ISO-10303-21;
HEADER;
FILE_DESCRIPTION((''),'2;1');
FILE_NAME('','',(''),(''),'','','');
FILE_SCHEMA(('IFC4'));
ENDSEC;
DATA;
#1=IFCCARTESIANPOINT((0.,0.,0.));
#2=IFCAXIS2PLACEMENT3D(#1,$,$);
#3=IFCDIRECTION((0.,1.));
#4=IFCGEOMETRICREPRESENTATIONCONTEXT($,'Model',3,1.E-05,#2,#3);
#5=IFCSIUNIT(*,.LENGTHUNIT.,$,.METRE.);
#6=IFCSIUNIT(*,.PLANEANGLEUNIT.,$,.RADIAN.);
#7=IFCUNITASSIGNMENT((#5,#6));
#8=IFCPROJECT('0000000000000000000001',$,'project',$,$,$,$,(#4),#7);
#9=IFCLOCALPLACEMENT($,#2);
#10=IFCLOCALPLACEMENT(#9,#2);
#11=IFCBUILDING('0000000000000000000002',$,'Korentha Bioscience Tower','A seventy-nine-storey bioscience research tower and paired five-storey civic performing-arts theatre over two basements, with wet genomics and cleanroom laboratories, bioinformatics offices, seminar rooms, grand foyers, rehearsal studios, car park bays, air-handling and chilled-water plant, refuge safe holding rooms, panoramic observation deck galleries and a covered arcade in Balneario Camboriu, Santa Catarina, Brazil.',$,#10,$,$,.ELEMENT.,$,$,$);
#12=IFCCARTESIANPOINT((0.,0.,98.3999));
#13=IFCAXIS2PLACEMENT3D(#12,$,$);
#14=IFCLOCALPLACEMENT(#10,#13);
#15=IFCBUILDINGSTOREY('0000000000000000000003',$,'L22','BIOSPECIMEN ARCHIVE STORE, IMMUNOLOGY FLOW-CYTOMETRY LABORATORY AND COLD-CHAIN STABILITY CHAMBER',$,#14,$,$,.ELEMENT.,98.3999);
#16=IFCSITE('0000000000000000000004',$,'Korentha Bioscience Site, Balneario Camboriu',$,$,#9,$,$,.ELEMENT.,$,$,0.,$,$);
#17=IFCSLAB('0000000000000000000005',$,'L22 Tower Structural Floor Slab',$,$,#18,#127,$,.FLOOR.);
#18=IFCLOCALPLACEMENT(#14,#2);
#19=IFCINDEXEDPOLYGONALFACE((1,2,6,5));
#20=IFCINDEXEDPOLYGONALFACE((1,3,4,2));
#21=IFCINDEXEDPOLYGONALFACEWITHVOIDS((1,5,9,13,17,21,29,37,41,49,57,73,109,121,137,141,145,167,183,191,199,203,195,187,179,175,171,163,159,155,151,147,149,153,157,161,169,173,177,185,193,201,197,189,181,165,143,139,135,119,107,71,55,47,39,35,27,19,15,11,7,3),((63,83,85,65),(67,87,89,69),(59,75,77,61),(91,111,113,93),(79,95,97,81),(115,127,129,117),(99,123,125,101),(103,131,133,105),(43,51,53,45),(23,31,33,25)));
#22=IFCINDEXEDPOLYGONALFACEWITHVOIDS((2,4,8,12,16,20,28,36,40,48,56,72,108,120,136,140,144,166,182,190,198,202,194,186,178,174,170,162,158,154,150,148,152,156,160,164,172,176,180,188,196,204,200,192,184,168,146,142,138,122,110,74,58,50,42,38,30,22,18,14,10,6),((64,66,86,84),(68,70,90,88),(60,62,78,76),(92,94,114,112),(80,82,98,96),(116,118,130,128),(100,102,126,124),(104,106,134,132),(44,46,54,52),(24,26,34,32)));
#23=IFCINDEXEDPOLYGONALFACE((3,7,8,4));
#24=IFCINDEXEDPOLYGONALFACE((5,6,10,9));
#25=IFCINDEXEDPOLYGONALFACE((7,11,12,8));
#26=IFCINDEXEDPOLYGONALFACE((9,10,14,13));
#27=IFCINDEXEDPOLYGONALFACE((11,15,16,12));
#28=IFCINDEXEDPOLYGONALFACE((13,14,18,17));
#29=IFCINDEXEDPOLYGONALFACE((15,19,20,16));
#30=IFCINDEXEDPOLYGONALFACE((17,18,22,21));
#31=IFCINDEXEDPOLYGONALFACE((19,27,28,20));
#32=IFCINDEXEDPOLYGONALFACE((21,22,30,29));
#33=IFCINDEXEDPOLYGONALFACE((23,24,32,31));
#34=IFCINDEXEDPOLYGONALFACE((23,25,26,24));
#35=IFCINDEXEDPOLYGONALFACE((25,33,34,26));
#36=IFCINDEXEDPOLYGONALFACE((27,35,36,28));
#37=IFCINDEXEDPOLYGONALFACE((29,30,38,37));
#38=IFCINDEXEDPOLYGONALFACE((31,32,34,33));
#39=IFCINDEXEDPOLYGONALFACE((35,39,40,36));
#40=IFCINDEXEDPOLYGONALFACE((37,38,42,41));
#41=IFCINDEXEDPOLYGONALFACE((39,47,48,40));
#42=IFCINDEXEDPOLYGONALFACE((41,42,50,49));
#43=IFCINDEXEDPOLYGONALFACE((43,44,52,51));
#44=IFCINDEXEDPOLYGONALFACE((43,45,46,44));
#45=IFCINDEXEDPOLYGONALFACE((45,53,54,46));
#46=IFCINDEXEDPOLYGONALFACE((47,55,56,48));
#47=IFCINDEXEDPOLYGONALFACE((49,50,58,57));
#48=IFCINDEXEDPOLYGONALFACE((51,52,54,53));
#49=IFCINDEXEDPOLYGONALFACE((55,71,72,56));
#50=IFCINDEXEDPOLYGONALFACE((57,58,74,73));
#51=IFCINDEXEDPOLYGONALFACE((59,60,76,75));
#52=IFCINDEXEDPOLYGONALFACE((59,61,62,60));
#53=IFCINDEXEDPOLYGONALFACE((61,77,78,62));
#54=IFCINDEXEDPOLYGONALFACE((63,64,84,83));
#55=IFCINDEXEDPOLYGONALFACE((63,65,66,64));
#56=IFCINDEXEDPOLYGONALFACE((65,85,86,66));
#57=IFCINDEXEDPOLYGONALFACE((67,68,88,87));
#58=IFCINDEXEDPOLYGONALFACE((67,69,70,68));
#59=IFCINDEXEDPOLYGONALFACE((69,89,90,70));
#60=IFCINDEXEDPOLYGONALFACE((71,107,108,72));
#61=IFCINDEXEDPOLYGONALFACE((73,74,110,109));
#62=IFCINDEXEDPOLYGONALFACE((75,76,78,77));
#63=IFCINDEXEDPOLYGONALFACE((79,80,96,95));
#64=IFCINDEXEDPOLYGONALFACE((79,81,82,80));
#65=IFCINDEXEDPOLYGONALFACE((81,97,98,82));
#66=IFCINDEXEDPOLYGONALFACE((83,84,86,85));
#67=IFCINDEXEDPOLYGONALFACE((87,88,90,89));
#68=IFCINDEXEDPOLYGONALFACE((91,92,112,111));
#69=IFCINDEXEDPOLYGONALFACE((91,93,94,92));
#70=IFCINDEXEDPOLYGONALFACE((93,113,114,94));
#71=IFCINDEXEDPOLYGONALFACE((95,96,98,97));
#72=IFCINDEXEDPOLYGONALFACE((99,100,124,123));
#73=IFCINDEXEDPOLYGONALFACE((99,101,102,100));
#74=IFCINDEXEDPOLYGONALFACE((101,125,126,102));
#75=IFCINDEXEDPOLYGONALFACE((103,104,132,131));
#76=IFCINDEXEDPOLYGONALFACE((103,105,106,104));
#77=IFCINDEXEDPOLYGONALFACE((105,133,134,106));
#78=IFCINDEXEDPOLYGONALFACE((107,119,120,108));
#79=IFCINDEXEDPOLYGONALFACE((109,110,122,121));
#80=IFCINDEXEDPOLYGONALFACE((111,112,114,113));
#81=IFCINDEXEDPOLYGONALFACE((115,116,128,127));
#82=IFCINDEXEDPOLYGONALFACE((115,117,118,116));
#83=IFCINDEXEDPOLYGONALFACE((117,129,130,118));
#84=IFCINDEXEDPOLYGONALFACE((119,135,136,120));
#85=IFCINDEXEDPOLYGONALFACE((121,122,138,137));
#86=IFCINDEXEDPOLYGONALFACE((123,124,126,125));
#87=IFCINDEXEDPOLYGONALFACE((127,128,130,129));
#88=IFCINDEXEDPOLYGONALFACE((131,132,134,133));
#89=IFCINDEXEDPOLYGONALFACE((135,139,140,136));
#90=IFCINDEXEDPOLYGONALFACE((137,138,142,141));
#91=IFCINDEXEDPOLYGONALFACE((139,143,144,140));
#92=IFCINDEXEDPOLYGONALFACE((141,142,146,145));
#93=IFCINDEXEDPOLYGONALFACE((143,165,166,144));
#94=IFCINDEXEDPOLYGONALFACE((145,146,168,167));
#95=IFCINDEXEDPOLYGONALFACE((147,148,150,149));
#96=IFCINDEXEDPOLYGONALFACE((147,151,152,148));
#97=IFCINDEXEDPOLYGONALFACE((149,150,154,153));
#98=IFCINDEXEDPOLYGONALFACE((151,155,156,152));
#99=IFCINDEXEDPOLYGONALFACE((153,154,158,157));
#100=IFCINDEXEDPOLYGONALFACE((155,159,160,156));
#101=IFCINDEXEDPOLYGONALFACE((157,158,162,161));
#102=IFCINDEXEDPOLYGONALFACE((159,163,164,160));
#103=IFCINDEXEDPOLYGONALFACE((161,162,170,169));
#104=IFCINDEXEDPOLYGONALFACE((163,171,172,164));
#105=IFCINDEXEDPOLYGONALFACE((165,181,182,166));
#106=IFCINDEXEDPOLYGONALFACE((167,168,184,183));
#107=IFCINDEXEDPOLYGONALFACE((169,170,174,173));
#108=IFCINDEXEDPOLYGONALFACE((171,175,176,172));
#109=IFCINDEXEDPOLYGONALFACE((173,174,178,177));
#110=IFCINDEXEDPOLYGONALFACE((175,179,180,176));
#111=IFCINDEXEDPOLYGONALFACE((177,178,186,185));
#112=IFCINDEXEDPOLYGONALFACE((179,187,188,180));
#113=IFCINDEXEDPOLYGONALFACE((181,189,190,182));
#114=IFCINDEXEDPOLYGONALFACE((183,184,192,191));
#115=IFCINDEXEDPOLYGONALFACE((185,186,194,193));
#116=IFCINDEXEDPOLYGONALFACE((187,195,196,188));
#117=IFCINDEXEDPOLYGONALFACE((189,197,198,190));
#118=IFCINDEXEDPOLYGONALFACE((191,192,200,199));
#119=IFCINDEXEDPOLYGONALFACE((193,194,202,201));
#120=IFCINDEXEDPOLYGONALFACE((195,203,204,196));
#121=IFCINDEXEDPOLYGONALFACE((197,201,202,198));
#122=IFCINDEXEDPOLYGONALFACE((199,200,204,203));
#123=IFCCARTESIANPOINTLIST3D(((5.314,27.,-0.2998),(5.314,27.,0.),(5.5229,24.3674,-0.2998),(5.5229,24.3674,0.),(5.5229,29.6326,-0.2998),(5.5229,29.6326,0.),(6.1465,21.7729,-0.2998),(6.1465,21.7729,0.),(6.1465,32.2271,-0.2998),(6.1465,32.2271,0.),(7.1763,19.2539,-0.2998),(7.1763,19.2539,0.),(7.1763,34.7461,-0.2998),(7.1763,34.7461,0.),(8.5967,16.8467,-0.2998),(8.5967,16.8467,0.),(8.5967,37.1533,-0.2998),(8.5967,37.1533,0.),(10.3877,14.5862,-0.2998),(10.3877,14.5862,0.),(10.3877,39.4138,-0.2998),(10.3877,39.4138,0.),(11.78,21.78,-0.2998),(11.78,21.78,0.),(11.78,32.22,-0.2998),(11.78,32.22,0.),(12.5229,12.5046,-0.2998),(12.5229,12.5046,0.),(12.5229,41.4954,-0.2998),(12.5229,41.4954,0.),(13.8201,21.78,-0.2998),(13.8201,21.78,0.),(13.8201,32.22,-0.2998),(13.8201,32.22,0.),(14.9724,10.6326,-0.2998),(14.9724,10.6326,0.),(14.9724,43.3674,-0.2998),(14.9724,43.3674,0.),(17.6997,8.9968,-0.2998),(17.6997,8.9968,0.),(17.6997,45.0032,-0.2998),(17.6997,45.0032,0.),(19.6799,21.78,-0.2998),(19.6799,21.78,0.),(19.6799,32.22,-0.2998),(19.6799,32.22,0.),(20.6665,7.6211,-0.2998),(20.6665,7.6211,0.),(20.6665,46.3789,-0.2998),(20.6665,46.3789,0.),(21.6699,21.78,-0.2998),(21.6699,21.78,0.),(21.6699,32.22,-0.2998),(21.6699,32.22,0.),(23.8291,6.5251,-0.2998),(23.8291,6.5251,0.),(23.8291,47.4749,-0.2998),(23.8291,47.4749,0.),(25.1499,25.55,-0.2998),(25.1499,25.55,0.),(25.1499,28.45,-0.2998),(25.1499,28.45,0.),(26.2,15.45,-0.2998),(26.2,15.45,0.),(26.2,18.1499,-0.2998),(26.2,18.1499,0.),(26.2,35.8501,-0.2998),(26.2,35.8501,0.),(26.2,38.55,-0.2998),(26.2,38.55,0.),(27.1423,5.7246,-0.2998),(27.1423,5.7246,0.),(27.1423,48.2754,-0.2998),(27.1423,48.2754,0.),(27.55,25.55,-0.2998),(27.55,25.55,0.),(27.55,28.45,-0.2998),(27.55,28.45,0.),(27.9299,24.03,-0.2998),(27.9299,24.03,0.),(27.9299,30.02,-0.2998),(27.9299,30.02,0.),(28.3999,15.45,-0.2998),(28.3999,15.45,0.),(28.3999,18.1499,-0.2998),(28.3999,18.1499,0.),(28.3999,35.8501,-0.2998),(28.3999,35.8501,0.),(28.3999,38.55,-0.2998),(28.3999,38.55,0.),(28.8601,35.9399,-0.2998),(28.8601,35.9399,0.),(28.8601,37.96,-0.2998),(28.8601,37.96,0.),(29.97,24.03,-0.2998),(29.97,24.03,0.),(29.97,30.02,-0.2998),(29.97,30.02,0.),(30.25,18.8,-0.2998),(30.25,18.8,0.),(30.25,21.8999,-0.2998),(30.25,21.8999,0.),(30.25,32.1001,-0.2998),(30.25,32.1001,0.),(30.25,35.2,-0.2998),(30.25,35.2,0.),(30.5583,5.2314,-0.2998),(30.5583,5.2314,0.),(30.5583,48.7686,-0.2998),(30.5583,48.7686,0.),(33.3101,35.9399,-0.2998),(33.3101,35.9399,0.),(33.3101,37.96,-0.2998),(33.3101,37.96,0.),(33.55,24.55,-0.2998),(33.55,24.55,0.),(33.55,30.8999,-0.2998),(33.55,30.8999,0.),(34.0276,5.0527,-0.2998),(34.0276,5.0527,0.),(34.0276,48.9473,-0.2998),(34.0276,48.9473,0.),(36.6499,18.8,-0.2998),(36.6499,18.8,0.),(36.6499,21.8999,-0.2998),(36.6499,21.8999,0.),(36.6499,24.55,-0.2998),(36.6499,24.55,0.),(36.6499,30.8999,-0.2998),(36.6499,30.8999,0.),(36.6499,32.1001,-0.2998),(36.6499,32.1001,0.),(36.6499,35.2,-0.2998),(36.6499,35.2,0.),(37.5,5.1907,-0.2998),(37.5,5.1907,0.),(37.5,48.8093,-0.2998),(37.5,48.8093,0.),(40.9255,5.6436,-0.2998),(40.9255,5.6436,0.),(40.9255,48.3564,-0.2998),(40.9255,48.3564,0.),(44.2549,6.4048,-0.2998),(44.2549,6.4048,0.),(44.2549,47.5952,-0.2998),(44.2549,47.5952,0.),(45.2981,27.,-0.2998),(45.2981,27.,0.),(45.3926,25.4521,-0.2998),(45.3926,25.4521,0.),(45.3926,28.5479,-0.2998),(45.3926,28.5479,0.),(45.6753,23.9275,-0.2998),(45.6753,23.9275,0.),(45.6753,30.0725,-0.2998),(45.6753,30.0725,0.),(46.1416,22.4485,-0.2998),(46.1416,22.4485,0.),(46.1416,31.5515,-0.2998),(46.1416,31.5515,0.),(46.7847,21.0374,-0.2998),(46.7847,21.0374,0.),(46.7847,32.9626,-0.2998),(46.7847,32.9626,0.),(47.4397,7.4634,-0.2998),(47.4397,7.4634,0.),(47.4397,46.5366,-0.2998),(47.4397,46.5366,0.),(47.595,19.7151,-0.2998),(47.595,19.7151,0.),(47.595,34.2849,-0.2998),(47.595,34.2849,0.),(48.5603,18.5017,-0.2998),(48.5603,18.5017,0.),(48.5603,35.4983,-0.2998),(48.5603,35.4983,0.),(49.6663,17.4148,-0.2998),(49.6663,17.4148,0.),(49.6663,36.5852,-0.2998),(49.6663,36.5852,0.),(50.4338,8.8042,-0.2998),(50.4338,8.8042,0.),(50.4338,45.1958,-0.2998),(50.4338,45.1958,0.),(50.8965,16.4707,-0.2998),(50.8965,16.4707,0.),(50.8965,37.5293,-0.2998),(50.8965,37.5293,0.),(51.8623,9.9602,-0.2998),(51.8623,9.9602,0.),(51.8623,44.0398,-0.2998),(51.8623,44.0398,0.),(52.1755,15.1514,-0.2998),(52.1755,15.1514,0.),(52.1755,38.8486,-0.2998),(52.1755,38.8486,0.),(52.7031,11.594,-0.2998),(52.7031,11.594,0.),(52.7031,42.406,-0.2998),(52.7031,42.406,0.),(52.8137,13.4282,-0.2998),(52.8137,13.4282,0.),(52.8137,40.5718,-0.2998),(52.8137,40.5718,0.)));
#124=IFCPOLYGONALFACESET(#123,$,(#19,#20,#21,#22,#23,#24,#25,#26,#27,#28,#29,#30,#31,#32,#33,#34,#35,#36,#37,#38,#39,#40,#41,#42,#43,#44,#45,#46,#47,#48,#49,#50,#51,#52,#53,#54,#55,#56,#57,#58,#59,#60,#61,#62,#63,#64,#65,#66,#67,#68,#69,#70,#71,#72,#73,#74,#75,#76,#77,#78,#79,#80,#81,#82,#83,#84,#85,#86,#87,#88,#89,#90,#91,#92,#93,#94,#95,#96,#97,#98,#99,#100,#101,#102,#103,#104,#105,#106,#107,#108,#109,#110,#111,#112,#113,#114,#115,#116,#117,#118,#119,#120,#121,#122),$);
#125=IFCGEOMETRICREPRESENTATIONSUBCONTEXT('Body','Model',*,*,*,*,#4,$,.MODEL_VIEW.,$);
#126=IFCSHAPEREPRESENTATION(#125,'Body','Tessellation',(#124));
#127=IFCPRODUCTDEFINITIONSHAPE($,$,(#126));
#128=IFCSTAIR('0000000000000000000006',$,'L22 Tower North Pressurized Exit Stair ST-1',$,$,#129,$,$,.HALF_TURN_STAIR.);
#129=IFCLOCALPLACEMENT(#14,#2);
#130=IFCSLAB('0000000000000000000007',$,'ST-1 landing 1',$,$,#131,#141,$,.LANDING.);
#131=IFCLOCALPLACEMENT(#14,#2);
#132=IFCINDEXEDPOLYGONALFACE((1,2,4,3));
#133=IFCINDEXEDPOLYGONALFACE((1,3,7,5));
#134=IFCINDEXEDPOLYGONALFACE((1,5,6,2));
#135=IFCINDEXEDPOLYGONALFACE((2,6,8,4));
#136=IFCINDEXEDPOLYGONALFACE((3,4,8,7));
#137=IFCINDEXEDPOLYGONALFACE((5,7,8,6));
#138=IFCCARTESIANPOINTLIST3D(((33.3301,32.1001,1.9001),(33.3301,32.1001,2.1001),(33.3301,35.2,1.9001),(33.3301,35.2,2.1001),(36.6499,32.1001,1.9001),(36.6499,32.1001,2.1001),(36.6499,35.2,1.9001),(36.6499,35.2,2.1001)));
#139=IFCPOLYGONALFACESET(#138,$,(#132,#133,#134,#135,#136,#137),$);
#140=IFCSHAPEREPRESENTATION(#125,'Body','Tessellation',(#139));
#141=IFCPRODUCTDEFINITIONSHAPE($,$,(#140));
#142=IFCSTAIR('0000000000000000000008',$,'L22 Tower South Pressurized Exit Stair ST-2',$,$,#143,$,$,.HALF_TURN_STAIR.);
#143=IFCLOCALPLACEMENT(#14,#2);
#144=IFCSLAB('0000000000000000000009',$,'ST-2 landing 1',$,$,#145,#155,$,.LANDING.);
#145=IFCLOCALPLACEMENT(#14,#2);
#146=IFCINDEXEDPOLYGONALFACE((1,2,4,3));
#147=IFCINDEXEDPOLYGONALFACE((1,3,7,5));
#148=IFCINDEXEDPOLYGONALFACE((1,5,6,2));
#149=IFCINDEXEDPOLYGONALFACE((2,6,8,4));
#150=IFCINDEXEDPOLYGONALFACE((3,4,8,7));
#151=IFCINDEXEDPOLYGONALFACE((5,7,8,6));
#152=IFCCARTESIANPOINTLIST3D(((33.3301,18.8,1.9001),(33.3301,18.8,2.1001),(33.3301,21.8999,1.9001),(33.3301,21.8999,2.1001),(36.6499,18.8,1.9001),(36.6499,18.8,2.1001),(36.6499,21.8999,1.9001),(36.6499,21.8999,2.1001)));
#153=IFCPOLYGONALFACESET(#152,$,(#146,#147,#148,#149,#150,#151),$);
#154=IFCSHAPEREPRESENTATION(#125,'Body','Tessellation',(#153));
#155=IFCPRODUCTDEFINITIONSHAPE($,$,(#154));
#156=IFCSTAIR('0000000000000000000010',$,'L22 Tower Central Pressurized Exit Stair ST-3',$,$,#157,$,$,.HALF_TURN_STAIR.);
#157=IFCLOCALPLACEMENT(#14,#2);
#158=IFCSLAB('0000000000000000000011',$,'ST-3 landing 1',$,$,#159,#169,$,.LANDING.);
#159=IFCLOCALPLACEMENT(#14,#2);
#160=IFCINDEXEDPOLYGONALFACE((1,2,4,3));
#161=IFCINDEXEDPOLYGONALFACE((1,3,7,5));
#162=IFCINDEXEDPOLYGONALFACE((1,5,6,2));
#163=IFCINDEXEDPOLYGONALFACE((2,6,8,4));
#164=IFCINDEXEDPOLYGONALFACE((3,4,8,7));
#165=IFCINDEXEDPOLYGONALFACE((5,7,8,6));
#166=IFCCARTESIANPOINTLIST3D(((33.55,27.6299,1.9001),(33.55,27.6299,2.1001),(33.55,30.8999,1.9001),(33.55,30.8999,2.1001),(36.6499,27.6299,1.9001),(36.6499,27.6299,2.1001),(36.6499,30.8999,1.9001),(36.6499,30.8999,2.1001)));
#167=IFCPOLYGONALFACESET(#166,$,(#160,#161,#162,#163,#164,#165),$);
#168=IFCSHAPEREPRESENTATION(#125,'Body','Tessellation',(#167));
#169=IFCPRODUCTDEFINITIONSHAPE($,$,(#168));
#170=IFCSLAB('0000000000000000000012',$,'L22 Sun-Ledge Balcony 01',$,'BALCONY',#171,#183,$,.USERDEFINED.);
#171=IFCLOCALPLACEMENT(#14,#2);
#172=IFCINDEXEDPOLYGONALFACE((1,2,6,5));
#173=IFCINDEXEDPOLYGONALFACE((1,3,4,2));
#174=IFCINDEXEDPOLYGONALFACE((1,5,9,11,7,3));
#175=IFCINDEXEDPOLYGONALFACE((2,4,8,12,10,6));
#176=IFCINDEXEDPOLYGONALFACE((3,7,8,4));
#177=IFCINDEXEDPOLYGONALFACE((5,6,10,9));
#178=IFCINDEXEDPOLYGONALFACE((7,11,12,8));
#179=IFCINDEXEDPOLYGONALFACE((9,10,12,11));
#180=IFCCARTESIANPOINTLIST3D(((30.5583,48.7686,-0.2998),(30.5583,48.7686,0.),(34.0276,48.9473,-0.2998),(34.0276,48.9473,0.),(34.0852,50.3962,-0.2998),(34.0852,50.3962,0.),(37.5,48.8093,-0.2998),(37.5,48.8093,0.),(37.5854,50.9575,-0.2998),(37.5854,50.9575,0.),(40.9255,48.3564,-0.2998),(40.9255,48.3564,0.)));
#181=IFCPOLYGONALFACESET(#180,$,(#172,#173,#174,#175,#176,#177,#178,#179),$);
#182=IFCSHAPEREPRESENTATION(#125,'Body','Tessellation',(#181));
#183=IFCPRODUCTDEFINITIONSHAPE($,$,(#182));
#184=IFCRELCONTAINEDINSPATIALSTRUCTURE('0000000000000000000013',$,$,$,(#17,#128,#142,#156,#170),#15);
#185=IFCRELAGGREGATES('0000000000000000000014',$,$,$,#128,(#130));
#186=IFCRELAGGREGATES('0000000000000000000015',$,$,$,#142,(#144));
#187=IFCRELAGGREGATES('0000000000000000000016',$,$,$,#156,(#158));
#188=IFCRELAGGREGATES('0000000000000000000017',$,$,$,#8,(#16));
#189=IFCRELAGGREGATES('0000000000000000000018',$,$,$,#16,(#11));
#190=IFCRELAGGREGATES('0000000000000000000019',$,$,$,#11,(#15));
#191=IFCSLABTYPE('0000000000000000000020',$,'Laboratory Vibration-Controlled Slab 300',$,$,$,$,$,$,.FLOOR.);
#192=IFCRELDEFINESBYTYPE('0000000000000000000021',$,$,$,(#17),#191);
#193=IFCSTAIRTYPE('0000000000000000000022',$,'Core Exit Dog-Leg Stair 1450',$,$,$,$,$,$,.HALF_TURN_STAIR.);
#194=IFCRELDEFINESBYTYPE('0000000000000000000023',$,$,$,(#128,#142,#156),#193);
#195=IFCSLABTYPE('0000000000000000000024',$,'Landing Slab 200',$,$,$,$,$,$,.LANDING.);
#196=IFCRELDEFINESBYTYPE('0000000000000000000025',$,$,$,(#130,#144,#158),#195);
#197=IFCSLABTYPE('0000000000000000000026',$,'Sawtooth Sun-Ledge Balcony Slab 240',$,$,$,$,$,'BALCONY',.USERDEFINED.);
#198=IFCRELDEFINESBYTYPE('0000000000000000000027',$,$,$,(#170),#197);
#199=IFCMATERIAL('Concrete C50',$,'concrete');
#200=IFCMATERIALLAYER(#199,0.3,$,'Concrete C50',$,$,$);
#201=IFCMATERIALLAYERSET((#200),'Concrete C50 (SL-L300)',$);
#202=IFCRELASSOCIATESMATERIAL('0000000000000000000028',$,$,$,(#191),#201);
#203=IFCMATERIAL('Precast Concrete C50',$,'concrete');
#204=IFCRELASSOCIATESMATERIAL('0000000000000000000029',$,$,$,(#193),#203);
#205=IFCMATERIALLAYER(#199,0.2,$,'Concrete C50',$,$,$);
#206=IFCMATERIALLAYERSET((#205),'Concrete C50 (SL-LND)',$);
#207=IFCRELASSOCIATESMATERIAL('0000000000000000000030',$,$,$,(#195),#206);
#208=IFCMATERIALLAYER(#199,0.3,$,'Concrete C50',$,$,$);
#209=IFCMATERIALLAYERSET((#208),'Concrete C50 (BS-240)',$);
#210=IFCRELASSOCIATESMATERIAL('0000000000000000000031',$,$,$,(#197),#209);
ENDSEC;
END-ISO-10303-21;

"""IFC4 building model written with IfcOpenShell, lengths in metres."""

from ifc_helpers import new_model, si_unit, direction, frame, origin, place, context, subcontext, project, spatial, polyline, outline, extrude, material, layer, layer_set, type_object, element, aggregate, save


model = new_model("IFC4")

# Units and contexts
model_context = context("Model", 3, precision=1e-05, world=origin(), true_north=direction((0.0, 1.0)))
body_context = subcontext(model_context, "Body", "Model", "MODEL_VIEW")
ifc_project = project(units=[si_unit("LENGTHUNIT", "METRE"), si_unit("PLANEANGLEUNIT", "RADIAN")], contexts=[model_context])

# Site, building, storey
site_placement = place(None, origin())
site = spatial("IfcSite", under=ifc_project, at=site_placement, Name="Korentha Bioscience Site, Balneario Camboriu", CompositionType="ELEMENT", RefElevation=0.0)
building_placement = place(site_placement, origin())
building = spatial("IfcBuilding", under=site, at=building_placement, Name="Korentha Bioscience Tower", Description="A seventy-nine-storey bioscience research tower and paired five-storey civic performing-arts theatre over two basements, with wet genomics and cleanroom laboratories, bioinformatics offices, seminar rooms, grand foyers, rehearsal studios, car park bays, air-handling and chilled-water plant, refuge safe holding rooms, panoramic observation deck galleries and a covered arcade in Balneario Camboriu, Santa Catarina, Brazil.", CompositionType="ELEMENT")
storey_placement = place(building_placement, frame((0.0, 0.0, 98.3999)))
storey = spatial("IfcBuildingStorey", under=building, at=storey_placement, Name="L22", Description="BIOSPECIMEN ARCHIVE STORE, IMMUNOLOGY FLOW-CYTOMETRY LABORATORY AND COLD-CHAIN STABILITY CHAMBER", CompositionType="ELEMENT", Elevation=98.3999)

# Slab
ifc_material_1 = material(Name="Concrete C50", Category="concrete")
ifc_layer_1 = layer(ifc_material_1, 0.3, Name="Concrete C50")
ifc_layer_set_1 = layer_set([ifc_layer_1], Name="Concrete C50 (SL-L300)")
slab_type_1 = type_object("IfcSlabType", Name="Laboratory Vibration-Controlled Slab 300", PredefinedType="FLOOR", material=ifc_layer_set_1)
slab_1_placement = place(storey_placement, frame((0.0, 0.0, -0.2998)))
element("IfcSlab", 1, at=slab_1_placement, inside=storey, type_object=slab_type_1, Name="L22 Tower Structural Floor Slab", PredefinedType="FLOOR", context=body_context, shape_type="SweptSolid", body=[
    extrude(outline(polyline([(50.4338, 45.1958), (47.4397, 46.5366), (44.2549, 47.5952), (40.9255, 48.3564), (37.5, 48.8093), (34.0276, 48.9473), (30.5583, 48.7686), (27.1423, 48.2754), (23.8291, 47.4749), (20.6665, 46.3789), (17.6997, 45.0032), (14.9724, 43.3674), (12.5229, 41.4954), (10.3877, 39.4138), (8.5967, 37.1533), (7.1763, 34.7461), (6.1465, 32.2271), (5.5229, 29.6326), (5.314, 27.0), (5.5229, 24.3674), (6.1465, 21.7729), (7.1763, 19.2539), (8.5967, 16.8467), (10.3877, 14.5862), (12.5229, 12.5046), (14.9724, 10.6326), (17.6997, 8.9968), (20.6665, 7.6211), (23.8291, 6.5251), (27.1423, 5.7246), (30.5583, 5.2314), (34.0276, 5.0527), (37.5, 5.1907), (40.9255, 5.6436), (44.2549, 6.4048), (47.4397, 7.4634), (50.4338, 8.8042), (51.8623, 9.9602), (52.7031, 11.594), (52.8137, 13.4282), (52.1755, 15.1514), (50.8965, 16.4707), (49.6663, 17.4148), (48.5603, 18.5017), (47.595, 19.7151), (46.7847, 21.0374), (46.1416, 22.4485), (45.6753, 23.9275), (45.3926, 25.4521), (45.2981, 27.0), (45.3926, 28.5479), (45.6753, 30.0725), (46.1416, 31.5515), (46.7847, 32.9626), (47.595, 34.2849), (48.5603, 35.4983), (49.6663, 36.5852), (50.8965, 37.5293), (52.1755, 38.8486), (52.8137, 40.5718), (52.7031, 42.406), (51.8623, 44.0398), (50.4338, 45.1958)]), holes=[polyline([(30.25, 32.1001), (36.6499, 32.1001), (36.6499, 35.2), (30.25, 35.2), (30.25, 32.1001)]), polyline([(30.25, 18.8), (36.6499, 18.8), (36.6499, 21.8999), (30.25, 21.8999), (30.25, 18.8)]), polyline([(36.6499, 24.55), (36.6499, 30.8999), (33.55, 30.8999), (33.55, 24.55), (36.6499, 24.55)]), polyline([(11.78, 21.78), (13.8201, 21.78), (13.8201, 32.22), (11.78, 32.22), (11.78, 21.78)]), polyline([(19.6799, 21.78), (21.6699, 21.78), (21.6699, 32.22), (19.6799, 32.22), (19.6799, 21.78)]), polyline([(27.9299, 24.03), (29.97, 24.03), (29.97, 30.02), (27.9299, 30.02), (27.9299, 24.03)]), polyline([(28.8601, 35.9399), (33.3101, 35.9399), (33.3101, 37.96), (28.8601, 37.96), (28.8601, 35.9399)]), polyline([(26.2, 15.45), (28.3999, 15.45), (28.3999, 18.1499), (26.2, 18.1499), (26.2, 15.45)]), polyline([(26.2, 35.8501), (28.3999, 35.8501), (28.3999, 38.55), (26.2, 38.55), (26.2, 35.8501)]), polyline([(25.1499, 25.55), (27.55, 25.55), (27.55, 28.45), (25.1499, 28.45), (25.1499, 25.55)])]), origin(), (0.0, 0.0, 1.0), 0.2998),
])

# Stairs, slabs
ifc_material_2 = material(Name="Precast Concrete C50", Category="concrete")
stair_type = type_object("IfcStairType", Name="Core Exit Dog-Leg Stair 1450", PredefinedType="HALF_TURN_STAIR", material=ifc_material_2)
stair_1_placement = place(storey_placement, origin())
stair_1 = element("IfcStair", 2, at=stair_1_placement, inside=storey, type_object=stair_type, Name="L22 Tower North Pressurized Exit Stair ST-1", PredefinedType="HALF_TURN_STAIR")
ifc_layer_2 = layer(ifc_material_1, 0.2, Name="Concrete C50")
ifc_layer_set_2 = layer_set([ifc_layer_2], Name="Concrete C50 (SL-LND)")
slab_type_2 = type_object("IfcSlabType", Name="Landing Slab 200", PredefinedType="LANDING", material=ifc_layer_set_2)
slab_2_placement = place(storey_placement, frame((0.0, 0.0, 1.9001)))
slab_2 = element("IfcSlab", 3, at=slab_2_placement, type_object=slab_type_2, Name="ST-1 landing 1", PredefinedType="LANDING", context=body_context, shape_type="SweptSolid", body=[
    extrude(outline(polyline([(33.3301, 32.1001), (36.6499, 32.1001), (36.6499, 35.2), (33.3301, 35.2), (33.3301, 32.1001)])), origin(), (0.0, 0.0, 1.0), 0.2),
])
aggregate(stair_1, [slab_2])
stair_2_placement = place(storey_placement, origin())
stair_2 = element("IfcStair", 4, at=stair_2_placement, inside=storey, type_object=stair_type, Name="L22 Tower South Pressurized Exit Stair ST-2", PredefinedType="HALF_TURN_STAIR")
slab_3_placement = place(storey_placement, frame((0.0, 0.0, 1.9001)))
slab_3 = element("IfcSlab", 5, at=slab_3_placement, type_object=slab_type_2, Name="ST-2 landing 1", PredefinedType="LANDING", context=body_context, shape_type="SweptSolid", body=[
    extrude(outline(polyline([(33.3301, 18.8), (36.6499, 18.8), (36.6499, 21.8999), (33.3301, 21.8999), (33.3301, 18.8)])), origin(), (0.0, 0.0, 1.0), 0.2),
])
aggregate(stair_2, [slab_3])
stair_3_placement = place(storey_placement, origin())
stair_3 = element("IfcStair", 6, at=stair_3_placement, inside=storey, type_object=stair_type, Name="L22 Tower Central Pressurized Exit Stair ST-3", PredefinedType="HALF_TURN_STAIR")
slab_4_placement = place(storey_placement, frame((0.0, 0.0, 1.9001)))
slab_4 = element("IfcSlab", 7, at=slab_4_placement, type_object=slab_type_2, Name="ST-3 landing 1", PredefinedType="LANDING", context=body_context, shape_type="SweptSolid", body=[
    extrude(outline(polyline([(36.6499, 27.6299), (36.6499, 30.8999), (33.55, 30.8999), (33.55, 27.6299), (36.6499, 27.6299)])), origin(), (0.0, 0.0, 1.0), 0.2),
])
aggregate(stair_3, [slab_4])

# Slab
ifc_layer_3 = layer(ifc_material_1, 0.3, Name="Concrete C50")
ifc_layer_set_3 = layer_set([ifc_layer_3], Name="Concrete C50 (BS-240)")
slab_type_3 = type_object("IfcSlabType", Name="Sawtooth Sun-Ledge Balcony Slab 240", ElementType="BALCONY", PredefinedType="USERDEFINED", material=ifc_layer_set_3)
slab_5_placement = place(storey_placement, frame((0.0, 0.0, -0.2998)))
element("IfcSlab", 8, at=slab_5_placement, inside=storey, type_object=slab_type_3, Name="L22 Sun-Ledge Balcony 01", ObjectType="BALCONY", PredefinedType="USERDEFINED", context=body_context, shape_type="SweptSolid", body=[
    extrude(outline(polyline([(30.5583, 48.7686), (34.0276, 48.9473), (37.5, 48.8093), (40.9255, 48.3564), (37.5854, 50.9575), (34.0852, 50.3962), (30.5583, 48.7686)])), origin(), (0.0, 0.0, 1.0), 0.2998),
])

save(model, "model.ifc")
